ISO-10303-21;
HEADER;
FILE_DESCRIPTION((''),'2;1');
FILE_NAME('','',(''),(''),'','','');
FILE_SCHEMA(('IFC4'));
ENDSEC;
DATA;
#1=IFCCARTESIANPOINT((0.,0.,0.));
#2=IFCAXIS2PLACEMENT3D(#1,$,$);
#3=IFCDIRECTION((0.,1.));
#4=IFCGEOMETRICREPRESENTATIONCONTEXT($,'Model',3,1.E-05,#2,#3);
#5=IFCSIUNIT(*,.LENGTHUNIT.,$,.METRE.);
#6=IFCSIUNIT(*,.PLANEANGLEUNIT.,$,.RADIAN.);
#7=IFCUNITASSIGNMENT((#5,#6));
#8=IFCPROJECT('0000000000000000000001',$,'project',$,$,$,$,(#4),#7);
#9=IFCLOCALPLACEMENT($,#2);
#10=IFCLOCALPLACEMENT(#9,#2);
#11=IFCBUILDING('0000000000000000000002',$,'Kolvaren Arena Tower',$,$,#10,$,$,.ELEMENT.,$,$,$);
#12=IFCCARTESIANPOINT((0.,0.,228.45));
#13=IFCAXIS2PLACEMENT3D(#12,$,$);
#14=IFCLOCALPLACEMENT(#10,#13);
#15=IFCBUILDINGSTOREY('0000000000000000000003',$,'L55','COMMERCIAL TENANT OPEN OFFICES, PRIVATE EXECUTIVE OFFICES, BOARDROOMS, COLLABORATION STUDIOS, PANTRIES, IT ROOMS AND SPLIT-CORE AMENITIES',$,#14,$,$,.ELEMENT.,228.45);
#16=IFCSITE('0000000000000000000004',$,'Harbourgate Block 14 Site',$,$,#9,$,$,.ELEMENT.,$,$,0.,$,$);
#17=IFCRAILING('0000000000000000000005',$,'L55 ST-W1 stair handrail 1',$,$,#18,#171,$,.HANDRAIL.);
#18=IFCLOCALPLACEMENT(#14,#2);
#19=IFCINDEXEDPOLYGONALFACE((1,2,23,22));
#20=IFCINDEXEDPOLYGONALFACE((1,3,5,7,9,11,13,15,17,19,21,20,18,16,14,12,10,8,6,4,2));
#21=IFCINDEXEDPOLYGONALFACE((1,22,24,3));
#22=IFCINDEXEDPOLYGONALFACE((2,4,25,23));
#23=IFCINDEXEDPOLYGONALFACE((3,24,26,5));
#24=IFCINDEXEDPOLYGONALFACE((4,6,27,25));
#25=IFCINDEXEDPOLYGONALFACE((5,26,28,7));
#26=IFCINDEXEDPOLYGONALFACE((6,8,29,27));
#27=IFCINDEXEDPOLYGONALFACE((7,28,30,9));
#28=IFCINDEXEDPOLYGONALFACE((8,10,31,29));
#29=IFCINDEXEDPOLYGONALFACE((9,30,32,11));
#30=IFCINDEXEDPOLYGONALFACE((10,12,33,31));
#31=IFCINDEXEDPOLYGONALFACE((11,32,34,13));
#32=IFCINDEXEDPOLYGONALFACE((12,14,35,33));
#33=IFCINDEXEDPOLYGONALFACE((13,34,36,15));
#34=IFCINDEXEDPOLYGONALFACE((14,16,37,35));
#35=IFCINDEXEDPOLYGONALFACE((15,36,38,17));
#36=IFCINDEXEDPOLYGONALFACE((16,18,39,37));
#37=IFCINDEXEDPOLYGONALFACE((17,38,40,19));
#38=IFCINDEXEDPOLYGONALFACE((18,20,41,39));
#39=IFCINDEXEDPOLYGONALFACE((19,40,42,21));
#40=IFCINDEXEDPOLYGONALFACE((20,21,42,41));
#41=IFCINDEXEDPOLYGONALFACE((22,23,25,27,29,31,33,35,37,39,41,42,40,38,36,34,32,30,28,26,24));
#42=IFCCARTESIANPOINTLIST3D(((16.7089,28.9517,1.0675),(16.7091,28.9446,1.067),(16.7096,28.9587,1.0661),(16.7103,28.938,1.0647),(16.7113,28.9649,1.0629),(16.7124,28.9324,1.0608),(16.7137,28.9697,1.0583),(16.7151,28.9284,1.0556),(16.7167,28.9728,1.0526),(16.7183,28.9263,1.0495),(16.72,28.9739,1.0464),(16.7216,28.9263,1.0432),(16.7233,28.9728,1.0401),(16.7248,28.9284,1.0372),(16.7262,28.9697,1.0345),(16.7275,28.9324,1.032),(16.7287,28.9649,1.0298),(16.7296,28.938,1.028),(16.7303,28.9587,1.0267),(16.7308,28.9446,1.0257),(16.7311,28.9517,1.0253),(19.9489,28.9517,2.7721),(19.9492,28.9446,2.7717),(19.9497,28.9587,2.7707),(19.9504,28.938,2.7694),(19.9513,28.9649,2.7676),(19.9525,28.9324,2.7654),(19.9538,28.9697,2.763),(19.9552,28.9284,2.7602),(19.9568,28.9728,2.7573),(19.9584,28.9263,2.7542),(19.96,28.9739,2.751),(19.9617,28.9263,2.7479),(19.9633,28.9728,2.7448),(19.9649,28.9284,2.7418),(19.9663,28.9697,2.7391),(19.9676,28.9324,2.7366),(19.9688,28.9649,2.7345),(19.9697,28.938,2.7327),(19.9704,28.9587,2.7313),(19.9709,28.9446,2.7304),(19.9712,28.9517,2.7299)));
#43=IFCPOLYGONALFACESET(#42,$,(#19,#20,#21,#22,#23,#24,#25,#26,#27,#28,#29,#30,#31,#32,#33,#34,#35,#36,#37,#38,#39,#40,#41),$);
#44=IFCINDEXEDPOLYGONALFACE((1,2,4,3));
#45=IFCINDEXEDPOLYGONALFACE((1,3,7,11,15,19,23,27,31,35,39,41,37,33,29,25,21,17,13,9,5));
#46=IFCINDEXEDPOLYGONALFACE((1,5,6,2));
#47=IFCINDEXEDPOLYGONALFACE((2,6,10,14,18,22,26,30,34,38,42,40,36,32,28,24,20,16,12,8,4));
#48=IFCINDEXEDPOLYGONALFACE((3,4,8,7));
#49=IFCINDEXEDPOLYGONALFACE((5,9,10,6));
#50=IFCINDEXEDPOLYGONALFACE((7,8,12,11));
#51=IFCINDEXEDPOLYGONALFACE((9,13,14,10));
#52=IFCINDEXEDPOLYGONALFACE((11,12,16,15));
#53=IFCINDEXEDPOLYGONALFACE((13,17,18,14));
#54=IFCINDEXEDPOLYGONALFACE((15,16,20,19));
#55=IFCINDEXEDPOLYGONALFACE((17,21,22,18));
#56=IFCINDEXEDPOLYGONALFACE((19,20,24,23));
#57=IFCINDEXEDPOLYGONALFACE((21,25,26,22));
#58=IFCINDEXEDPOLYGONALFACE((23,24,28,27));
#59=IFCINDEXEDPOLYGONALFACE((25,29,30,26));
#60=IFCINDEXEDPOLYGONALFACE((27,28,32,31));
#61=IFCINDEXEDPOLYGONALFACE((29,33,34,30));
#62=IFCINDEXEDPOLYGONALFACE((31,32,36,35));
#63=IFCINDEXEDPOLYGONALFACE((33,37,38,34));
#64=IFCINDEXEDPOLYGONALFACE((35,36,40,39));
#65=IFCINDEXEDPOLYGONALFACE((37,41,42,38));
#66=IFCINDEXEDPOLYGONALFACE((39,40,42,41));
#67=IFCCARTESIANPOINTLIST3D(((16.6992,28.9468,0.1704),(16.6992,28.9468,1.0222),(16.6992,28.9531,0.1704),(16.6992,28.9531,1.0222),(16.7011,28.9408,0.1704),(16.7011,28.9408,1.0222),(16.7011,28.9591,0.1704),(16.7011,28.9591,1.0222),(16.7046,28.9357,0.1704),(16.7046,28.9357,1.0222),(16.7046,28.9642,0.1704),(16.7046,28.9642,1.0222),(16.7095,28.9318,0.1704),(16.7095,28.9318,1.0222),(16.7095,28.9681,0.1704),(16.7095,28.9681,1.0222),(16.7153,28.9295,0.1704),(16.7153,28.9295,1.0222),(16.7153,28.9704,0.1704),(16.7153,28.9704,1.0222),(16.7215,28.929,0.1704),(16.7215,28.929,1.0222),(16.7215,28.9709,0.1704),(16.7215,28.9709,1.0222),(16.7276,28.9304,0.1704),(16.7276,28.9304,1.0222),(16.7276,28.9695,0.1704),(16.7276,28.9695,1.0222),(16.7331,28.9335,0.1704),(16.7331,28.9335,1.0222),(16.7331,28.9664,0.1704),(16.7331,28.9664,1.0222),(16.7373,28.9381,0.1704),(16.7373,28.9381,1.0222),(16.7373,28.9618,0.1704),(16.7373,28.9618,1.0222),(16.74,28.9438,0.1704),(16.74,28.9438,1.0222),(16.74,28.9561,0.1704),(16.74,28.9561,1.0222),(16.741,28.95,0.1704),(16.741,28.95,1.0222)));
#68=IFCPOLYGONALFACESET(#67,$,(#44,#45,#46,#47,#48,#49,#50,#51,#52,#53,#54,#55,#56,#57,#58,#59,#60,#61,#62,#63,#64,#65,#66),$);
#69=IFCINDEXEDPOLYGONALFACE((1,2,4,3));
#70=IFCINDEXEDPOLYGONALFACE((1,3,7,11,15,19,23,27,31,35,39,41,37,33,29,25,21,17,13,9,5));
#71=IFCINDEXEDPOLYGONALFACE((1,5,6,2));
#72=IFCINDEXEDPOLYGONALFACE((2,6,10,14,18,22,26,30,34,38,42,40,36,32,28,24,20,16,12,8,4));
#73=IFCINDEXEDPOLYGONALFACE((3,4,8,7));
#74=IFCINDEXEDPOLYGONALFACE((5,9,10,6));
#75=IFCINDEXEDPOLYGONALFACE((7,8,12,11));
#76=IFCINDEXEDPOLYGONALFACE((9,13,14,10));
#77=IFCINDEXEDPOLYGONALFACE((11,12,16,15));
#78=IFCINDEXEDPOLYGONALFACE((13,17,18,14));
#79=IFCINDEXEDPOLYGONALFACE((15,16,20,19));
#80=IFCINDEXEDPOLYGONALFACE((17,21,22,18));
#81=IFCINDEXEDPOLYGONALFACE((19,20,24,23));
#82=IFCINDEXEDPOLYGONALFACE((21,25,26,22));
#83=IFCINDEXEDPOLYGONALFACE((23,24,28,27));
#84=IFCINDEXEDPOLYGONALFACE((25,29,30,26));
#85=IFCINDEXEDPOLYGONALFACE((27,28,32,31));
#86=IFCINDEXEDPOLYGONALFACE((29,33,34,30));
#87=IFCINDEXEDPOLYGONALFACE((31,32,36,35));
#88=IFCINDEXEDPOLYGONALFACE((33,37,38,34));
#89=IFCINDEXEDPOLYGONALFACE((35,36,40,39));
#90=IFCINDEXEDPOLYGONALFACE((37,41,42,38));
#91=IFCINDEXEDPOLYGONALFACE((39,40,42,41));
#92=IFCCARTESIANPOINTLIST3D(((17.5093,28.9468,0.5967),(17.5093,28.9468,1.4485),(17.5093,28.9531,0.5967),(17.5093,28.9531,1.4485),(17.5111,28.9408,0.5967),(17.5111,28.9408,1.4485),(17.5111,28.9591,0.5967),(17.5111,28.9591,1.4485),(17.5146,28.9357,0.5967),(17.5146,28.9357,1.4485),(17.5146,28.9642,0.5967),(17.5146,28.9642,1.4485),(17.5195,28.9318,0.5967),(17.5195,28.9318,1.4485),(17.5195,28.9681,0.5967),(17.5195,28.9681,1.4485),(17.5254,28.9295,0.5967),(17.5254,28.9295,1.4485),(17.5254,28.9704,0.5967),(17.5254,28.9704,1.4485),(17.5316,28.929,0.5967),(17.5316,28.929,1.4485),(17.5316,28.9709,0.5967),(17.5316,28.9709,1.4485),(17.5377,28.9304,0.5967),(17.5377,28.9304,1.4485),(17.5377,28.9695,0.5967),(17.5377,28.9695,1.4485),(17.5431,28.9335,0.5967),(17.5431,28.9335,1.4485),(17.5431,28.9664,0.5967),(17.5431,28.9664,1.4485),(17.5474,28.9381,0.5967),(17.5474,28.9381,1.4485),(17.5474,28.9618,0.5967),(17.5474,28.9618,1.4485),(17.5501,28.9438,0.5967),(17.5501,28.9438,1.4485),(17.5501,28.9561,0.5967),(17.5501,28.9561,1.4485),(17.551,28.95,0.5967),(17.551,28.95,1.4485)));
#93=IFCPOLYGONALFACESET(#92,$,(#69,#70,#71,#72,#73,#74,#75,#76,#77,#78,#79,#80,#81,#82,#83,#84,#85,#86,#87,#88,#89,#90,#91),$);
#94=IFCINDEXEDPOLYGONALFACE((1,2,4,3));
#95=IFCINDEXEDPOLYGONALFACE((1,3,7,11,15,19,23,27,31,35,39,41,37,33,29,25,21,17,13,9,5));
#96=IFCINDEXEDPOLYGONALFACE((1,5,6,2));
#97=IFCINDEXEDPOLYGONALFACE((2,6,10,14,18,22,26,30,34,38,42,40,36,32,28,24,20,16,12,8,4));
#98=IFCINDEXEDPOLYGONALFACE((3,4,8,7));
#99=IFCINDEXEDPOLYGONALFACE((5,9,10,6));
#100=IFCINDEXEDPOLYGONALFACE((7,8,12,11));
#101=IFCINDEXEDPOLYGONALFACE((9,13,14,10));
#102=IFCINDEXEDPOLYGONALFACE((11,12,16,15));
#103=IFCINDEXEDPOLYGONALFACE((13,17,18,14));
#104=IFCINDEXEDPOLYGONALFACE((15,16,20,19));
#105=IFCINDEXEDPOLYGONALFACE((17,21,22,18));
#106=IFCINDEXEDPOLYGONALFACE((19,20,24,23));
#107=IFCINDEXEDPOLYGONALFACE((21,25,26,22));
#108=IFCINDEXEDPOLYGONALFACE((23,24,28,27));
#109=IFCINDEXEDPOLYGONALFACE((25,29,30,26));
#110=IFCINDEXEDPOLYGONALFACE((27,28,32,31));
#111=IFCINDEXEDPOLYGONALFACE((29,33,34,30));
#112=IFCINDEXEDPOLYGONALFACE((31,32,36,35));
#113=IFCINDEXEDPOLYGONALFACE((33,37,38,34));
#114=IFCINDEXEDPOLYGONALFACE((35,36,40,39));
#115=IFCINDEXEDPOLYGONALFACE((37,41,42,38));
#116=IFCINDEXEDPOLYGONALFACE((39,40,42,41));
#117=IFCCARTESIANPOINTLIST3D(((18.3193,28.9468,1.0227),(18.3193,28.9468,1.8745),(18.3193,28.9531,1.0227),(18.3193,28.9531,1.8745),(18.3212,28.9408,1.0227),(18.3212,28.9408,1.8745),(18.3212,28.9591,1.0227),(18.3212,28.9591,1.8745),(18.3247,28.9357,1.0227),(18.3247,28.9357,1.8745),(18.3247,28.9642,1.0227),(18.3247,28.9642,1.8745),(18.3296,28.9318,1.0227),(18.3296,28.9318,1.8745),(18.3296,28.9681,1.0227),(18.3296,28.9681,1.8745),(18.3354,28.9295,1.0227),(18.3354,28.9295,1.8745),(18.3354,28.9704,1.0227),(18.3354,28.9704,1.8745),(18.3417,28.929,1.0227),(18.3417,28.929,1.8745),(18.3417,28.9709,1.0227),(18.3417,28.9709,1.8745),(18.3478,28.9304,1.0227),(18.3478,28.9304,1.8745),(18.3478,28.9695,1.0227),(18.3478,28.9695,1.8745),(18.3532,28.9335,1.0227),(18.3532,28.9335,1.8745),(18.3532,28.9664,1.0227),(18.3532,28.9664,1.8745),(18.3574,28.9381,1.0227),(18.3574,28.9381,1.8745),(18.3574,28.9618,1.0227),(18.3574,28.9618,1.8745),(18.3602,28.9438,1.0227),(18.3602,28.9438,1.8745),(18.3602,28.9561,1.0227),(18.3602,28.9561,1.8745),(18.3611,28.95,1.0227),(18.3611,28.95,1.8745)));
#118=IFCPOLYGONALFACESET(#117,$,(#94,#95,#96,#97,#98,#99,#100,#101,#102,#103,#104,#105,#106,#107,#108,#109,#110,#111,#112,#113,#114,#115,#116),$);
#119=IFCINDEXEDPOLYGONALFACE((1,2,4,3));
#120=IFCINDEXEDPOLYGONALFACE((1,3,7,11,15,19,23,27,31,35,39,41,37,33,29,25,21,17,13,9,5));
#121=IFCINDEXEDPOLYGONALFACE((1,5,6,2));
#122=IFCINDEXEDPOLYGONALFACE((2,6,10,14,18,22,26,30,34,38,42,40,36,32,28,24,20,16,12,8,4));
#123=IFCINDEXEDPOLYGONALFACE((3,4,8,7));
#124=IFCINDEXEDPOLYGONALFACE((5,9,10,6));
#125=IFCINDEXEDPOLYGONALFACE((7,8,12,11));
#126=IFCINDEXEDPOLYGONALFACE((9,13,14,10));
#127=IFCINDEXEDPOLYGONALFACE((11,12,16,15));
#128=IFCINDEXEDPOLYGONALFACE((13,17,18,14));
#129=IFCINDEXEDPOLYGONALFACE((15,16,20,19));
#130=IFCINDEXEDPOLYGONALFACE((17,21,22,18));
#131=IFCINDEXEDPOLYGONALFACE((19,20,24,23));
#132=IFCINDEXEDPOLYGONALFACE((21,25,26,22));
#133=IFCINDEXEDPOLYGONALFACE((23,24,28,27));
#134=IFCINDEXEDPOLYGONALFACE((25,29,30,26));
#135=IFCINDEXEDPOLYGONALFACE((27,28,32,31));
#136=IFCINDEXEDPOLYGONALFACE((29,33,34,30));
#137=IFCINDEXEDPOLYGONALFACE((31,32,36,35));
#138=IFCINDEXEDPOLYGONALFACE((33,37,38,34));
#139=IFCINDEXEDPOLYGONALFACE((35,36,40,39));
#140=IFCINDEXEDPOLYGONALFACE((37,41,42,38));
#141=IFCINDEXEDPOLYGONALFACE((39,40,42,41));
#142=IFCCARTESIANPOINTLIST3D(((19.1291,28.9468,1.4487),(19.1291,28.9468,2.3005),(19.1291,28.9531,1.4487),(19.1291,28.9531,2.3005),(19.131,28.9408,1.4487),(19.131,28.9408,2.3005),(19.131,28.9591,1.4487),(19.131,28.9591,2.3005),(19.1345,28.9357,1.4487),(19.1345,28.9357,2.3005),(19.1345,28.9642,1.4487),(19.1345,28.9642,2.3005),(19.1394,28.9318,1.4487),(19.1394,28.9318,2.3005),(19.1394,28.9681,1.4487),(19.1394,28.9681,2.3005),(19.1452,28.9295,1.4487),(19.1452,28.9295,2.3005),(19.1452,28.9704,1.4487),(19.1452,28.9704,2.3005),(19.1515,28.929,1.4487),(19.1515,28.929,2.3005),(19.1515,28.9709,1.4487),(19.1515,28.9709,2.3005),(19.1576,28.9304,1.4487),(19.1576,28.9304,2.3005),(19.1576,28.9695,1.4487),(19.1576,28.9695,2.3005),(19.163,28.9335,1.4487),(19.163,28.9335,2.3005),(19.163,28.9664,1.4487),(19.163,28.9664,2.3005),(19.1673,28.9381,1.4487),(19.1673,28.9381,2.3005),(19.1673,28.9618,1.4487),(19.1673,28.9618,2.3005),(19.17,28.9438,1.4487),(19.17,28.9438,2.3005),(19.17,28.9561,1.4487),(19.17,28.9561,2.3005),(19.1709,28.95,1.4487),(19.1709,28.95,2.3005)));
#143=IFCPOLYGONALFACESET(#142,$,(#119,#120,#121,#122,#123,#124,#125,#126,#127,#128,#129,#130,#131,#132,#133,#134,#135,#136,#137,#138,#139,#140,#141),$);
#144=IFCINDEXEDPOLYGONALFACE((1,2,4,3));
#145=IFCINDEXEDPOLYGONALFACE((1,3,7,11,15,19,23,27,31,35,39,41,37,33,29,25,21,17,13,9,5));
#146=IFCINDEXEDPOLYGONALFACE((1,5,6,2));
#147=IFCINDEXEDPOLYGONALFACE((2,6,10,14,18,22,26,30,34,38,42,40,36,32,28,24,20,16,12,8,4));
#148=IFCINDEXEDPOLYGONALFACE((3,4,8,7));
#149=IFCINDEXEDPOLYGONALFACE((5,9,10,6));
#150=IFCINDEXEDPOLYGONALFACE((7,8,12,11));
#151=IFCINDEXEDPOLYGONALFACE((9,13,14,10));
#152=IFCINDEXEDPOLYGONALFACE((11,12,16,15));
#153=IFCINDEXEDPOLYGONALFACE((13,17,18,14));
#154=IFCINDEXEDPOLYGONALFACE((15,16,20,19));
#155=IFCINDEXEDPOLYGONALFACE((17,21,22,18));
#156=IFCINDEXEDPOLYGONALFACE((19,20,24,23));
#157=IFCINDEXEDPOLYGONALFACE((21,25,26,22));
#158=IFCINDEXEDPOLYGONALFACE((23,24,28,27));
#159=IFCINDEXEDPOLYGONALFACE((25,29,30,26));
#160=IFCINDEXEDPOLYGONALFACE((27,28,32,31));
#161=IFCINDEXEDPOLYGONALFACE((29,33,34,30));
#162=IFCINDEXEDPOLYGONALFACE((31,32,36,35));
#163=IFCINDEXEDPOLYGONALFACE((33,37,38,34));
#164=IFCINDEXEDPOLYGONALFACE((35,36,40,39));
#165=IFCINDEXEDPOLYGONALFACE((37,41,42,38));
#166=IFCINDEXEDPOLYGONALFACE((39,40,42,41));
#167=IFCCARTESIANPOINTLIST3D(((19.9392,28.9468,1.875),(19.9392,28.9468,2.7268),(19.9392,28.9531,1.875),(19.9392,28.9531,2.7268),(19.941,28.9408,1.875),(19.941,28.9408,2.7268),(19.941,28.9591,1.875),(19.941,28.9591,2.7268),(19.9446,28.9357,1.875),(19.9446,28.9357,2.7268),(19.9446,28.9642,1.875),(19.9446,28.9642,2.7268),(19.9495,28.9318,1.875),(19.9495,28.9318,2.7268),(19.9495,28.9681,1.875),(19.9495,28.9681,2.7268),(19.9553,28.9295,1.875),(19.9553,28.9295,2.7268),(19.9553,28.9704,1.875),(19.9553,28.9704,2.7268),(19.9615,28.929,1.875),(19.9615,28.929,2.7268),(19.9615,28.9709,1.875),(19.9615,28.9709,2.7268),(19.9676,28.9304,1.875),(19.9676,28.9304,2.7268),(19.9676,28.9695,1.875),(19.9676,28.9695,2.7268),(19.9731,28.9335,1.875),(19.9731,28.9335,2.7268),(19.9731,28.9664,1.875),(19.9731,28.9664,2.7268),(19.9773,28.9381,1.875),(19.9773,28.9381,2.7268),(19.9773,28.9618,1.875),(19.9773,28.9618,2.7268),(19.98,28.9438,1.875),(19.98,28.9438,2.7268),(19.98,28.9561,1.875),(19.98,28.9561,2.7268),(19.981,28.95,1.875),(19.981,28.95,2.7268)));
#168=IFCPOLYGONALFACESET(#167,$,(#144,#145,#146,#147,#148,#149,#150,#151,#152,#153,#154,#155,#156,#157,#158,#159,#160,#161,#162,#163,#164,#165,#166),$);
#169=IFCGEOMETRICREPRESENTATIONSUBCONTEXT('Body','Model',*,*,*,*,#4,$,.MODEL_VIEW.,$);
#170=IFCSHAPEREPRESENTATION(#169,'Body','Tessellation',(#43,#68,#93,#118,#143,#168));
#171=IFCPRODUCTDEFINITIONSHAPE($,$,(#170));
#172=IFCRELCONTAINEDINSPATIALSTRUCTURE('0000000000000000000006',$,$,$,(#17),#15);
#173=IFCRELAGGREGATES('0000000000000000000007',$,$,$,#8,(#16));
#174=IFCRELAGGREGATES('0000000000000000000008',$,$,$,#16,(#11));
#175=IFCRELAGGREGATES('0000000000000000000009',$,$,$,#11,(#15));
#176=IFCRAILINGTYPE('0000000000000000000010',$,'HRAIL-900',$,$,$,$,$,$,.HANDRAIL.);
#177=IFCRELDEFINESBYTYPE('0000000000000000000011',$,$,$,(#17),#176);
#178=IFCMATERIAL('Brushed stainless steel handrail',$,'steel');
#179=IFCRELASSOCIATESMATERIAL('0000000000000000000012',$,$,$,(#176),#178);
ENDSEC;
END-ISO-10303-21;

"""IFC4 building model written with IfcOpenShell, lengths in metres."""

from ifc_helpers import new_model, si_unit, direction, frame, origin, origin_2d, place, context, subcontext, project, spatial, circle, extrude, material, type_object, element, save


model = new_model("IFC4")

# Units and contexts
model_context = context("Model", 3, precision=1e-05, world=origin(), true_north=direction((0.0, 1.0)))
body_context = subcontext(model_context, "Body", "Model", "MODEL_VIEW")
ifc_project = project(units=[si_unit("LENGTHUNIT", "METRE"), si_unit("PLANEANGLEUNIT", "RADIAN")], contexts=[model_context])

# Site, building, storey
site_placement = place(None, origin())
site = spatial("IfcSite", under=ifc_project, at=site_placement, Name="Harbourgate Block 14 Site", CompositionType="ELEMENT", RefElevation=0.0)
building_placement = place(site_placement, origin())
building = spatial("IfcBuilding", under=site, at=building_placement, Name="Kolvaren Arena Tower", CompositionType="ELEMENT")
storey_placement = place(building_placement, frame((0.0, 0.0, 228.45)))
storey = spatial("IfcBuildingStorey", under=building, at=storey_placement, Name="L55", Description="COMMERCIAL TENANT OPEN OFFICES, PRIVATE EXECUTIVE OFFICES, BOARDROOMS, COLLABORATION STUDIOS, PANTRIES, IT ROOMS AND SPLIT-CORE AMENITIES", CompositionType="ELEMENT", Elevation=228.45)

# Railing
ifc_material_1 = material(Name="Brushed stainless steel handrail", Category="steel")
railing_type_1 = type_object("IfcRailingType", Name="HRAIL-900", PredefinedType="HANDRAIL", material=ifc_material_1)
railing_1_placement = place(storey_placement, frame((16.72, 28.95, 0.1704)))
element("IfcRailing", 1, at=railing_1_placement, inside=storey, type_object=railing_type_1, Name="L55 ST-W1 stair handrail 1", PredefinedType="HANDRAIL", context=body_context, shape_type="SweptSolid", body=[
    extrude(circle(Radius=0.0239, at=origin_2d()), frame((0.0, 0.0, 0.876), z_axis=(0.884993, 0.0, 0.465604), x_axis=(0.0, 1.0, 0.0)), (0.0, 0.0, 1.0), 3.6611),
    extrude(circle(Radius=0.021, at=origin_2d()), origin(), (0.0, 0.0, 1.0), 0.8518),
    extrude(circle(Radius=0.021, at=origin_2d()), frame((0.8101, 0.0, 0.4263)), (0.0, 0.0, 1.0), 0.8518),
    extrude(circle(Radius=0.021, at=origin_2d()), frame((1.6201, 0.0, 0.8523)), (0.0, 0.0, 1.0), 0.8518),
    extrude(circle(Radius=0.021, at=origin_2d()), frame((2.4299, 0.0, 1.2783)), (0.0, 0.0, 1.0), 0.8518),
    extrude(circle(Radius=0.021, at=origin_2d()), frame((3.24, 0.0, 1.7046)), (0.0, 0.0, 1.0), 0.8518),
])

save(model, "model.ifc")
